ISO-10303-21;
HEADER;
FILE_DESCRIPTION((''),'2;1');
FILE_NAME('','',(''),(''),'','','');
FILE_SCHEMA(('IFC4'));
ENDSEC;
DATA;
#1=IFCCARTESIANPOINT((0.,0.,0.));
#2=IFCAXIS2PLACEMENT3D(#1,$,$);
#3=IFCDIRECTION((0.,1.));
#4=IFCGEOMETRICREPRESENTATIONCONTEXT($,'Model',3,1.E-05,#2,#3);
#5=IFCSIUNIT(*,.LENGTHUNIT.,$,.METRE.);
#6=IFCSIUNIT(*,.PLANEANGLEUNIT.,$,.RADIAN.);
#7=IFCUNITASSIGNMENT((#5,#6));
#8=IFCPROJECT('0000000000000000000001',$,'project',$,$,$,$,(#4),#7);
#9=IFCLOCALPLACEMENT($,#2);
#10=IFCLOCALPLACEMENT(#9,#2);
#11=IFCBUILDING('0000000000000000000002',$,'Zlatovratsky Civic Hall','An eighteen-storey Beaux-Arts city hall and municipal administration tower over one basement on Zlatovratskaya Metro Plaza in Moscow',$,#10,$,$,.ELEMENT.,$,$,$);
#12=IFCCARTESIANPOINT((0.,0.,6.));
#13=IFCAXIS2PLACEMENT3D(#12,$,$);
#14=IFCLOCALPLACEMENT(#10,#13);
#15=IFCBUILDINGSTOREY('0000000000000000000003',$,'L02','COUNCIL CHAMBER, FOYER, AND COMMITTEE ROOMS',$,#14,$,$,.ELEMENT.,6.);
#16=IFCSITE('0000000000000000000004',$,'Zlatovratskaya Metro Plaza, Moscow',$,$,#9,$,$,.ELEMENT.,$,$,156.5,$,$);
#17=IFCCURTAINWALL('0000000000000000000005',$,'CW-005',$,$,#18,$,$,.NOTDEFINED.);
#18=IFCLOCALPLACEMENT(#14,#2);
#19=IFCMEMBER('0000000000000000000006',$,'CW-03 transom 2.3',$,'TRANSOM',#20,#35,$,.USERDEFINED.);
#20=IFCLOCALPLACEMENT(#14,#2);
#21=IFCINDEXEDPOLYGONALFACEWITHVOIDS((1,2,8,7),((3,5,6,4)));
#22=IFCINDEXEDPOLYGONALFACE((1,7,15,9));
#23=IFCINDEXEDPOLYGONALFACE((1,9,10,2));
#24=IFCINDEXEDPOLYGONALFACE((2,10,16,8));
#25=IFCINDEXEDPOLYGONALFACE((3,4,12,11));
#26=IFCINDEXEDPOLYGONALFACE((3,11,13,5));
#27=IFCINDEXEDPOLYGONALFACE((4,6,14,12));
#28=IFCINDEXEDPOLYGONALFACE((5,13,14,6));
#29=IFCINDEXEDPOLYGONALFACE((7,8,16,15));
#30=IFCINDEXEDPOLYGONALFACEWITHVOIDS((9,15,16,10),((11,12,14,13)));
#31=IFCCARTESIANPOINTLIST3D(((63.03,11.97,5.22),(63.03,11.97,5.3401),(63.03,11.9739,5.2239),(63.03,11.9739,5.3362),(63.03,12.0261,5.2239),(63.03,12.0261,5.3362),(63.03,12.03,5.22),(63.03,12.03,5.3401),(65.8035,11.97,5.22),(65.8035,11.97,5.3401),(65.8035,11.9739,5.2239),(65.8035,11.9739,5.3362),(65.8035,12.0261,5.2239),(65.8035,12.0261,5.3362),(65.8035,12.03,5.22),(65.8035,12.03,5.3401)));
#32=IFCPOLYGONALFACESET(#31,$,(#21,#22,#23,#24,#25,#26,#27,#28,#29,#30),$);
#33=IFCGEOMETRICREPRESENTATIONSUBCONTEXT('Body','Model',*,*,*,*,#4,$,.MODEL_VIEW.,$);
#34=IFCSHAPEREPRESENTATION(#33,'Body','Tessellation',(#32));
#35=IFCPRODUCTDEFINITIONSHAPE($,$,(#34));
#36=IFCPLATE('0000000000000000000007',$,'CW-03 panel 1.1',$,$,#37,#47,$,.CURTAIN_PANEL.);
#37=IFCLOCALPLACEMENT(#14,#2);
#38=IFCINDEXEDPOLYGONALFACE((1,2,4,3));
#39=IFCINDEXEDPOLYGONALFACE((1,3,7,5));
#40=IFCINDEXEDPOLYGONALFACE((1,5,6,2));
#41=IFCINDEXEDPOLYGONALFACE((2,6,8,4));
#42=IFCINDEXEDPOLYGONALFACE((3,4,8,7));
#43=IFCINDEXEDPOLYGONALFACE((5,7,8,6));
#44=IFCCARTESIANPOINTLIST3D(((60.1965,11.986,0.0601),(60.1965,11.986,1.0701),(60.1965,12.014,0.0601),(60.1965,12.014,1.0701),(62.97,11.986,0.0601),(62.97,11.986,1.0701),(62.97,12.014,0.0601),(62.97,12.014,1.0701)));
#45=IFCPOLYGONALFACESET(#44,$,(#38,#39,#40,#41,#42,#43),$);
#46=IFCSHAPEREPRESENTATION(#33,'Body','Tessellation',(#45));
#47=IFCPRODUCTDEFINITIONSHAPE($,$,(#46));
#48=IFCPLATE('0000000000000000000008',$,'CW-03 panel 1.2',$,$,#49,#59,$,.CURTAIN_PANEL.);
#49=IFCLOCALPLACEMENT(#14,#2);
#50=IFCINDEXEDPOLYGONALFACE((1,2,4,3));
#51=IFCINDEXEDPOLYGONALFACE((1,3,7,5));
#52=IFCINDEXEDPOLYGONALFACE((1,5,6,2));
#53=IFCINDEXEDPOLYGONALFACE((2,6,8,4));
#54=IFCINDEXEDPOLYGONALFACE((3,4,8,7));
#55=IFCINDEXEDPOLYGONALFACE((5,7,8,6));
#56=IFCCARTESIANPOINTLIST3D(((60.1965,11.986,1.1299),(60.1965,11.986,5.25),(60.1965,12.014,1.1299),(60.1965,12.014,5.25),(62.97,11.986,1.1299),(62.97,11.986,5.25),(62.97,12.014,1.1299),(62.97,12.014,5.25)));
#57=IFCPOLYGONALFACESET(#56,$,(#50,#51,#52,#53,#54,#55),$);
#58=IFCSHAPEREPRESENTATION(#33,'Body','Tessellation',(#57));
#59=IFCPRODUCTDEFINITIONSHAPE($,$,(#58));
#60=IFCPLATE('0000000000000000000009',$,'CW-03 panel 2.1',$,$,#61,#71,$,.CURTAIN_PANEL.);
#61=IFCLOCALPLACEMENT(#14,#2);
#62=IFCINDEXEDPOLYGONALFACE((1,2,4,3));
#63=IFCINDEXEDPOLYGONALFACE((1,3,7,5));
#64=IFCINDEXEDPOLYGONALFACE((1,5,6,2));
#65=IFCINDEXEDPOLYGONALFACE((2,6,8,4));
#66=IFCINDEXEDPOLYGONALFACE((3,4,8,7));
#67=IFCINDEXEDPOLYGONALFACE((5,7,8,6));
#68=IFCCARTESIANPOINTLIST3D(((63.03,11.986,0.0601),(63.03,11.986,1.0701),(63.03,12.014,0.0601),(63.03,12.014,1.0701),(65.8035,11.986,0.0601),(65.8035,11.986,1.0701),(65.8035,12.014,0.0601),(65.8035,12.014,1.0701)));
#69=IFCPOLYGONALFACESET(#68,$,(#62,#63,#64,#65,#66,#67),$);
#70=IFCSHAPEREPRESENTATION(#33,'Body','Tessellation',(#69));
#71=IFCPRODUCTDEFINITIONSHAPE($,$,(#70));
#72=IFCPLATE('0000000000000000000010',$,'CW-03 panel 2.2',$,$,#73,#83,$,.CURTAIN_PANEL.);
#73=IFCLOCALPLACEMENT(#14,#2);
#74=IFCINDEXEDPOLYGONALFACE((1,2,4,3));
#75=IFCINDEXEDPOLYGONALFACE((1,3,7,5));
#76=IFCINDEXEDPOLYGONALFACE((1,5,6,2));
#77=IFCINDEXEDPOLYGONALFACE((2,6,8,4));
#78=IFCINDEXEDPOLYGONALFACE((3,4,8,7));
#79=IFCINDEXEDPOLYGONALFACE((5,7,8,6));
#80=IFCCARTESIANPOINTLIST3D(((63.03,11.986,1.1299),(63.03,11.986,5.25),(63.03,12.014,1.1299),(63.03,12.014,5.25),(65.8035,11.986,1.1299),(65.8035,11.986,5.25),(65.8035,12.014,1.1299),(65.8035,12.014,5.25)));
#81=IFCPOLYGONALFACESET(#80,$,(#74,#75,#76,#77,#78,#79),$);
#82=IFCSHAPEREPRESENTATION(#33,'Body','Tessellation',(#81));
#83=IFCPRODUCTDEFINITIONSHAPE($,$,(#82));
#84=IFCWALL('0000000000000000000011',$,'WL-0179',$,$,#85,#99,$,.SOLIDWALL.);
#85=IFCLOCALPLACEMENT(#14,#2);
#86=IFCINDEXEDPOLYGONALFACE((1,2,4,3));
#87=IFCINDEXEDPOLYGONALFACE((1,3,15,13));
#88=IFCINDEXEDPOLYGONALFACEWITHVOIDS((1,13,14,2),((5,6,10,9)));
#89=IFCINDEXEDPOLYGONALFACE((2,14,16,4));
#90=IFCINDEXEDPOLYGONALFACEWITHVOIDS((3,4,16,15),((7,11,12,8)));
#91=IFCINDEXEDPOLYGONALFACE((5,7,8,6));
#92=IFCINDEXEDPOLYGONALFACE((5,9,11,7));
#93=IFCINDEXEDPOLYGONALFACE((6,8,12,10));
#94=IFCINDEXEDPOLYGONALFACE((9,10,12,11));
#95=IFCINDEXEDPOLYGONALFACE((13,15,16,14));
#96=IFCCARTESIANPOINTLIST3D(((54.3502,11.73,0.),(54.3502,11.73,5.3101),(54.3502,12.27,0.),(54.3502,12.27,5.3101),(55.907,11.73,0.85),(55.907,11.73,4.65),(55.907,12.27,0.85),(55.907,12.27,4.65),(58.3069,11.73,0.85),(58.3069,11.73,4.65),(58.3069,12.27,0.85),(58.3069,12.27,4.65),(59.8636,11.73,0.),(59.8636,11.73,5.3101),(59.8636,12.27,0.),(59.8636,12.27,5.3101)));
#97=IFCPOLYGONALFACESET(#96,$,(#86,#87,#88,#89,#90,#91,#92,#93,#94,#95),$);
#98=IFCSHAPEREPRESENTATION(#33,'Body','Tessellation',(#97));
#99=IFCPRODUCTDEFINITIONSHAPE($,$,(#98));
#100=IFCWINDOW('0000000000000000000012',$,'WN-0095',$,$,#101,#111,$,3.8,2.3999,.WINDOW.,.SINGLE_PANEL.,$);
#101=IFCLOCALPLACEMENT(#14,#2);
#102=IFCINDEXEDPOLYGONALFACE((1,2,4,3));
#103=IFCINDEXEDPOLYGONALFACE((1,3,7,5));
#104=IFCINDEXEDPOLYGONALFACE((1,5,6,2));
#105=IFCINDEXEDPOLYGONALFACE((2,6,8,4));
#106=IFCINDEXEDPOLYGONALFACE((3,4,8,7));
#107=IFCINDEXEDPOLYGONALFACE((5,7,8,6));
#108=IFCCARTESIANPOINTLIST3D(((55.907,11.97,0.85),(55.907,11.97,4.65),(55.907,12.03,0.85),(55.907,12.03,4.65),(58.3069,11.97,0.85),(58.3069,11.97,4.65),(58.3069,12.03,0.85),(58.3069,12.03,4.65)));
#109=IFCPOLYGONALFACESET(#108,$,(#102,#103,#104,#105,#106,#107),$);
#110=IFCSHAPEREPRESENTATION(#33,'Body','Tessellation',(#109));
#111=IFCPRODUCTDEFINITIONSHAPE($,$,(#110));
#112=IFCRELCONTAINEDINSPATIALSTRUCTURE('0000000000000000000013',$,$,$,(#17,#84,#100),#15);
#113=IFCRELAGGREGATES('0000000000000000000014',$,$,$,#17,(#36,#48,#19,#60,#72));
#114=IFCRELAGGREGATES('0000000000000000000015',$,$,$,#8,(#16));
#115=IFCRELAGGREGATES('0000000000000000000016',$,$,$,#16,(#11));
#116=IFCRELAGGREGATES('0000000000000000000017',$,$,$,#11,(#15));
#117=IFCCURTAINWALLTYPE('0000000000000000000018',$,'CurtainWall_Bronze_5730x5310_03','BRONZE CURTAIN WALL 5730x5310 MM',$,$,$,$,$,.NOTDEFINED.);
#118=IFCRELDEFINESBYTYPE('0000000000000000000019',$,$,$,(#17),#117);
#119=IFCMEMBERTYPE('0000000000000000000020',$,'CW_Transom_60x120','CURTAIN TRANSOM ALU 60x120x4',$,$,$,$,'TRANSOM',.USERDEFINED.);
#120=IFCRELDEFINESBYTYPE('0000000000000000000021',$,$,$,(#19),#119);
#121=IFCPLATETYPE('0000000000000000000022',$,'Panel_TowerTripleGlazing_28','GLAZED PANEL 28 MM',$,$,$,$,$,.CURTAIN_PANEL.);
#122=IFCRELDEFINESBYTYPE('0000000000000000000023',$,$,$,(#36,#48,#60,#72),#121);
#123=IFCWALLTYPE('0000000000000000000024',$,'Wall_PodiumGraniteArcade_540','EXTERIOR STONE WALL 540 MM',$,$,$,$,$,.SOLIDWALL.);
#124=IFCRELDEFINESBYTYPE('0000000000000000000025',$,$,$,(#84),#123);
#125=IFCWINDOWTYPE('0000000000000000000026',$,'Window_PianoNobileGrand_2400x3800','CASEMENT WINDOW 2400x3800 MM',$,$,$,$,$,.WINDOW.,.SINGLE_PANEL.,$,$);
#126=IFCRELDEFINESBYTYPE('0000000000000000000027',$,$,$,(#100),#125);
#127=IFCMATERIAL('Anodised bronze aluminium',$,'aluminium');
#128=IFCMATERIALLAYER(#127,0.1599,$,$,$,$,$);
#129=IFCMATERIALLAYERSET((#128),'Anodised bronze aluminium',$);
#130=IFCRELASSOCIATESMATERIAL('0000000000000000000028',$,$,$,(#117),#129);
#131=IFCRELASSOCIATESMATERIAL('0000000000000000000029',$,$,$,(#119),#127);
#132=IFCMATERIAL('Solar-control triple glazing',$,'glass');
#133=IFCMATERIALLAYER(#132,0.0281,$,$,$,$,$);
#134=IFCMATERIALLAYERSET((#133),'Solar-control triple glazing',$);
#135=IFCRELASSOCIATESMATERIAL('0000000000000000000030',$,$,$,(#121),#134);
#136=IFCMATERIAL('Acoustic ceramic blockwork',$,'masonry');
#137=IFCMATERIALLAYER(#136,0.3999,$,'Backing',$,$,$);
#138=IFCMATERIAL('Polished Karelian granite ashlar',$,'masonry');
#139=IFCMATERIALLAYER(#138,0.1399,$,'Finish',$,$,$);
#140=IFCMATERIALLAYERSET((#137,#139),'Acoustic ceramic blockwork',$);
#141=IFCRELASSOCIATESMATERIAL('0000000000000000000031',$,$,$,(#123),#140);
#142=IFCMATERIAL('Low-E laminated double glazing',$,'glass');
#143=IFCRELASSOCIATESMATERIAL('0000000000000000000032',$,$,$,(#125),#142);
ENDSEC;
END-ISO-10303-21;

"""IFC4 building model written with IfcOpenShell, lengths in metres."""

from ifc_helpers import new_model, si_unit, direction, frame, frame_2d, origin, origin_2d, place, context, subcontext, project, spatial, rectangle, hollow_rectangle, extrude, material, layer, layer_set, material_profile, profile_set, type_object, element, fill, aggregate, save


model = new_model("IFC4")

# Units and contexts
model_context = context("Model", 3, precision=1e-05, world=origin(), true_north=direction((0.0, 1.0)))
body_context = subcontext(model_context, "Body", "Model", "MODEL_VIEW")
ifc_project = project(units=[si_unit("LENGTHUNIT", "METRE"), si_unit("PLANEANGLEUNIT", "RADIAN")], contexts=[model_context])

# Site, building, storey
site_placement = place(None, origin())
site = spatial("IfcSite", under=ifc_project, at=site_placement, Name="Zlatovratskaya Metro Plaza, Moscow", CompositionType="ELEMENT", RefElevation=156.5)
building_placement = place(site_placement, origin())
building = spatial("IfcBuilding", under=site, at=building_placement, Name="Zlatovratsky Civic Hall", Description="An eighteen-storey Beaux-Arts city hall and municipal administration tower over one basement on Zlatovratskaya Metro Plaza in Moscow", CompositionType="ELEMENT")
storey_placement = place(building_placement, frame((0.0, 0.0, 6.0)))
storey = spatial("IfcBuildingStorey", under=building, at=storey_placement, Name="L02", Description="COUNCIL CHAMBER, FOYER, AND COMMITTEE ROOMS", CompositionType="ELEMENT", Elevation=6.0)

# Curtain wall, member, plates
ifc_material_1 = material(Name="Anodised bronze aluminium", Category="aluminium")
ifc_layer_1 = layer(ifc_material_1, 0.1599)
ifc_layer_set_1 = layer_set([ifc_layer_1], Name="Anodised bronze aluminium")
curtain_wall_type = type_object("IfcCurtainWallType", Name="CurtainWall_Bronze_5730x5310_03", Description="BRONZE CURTAIN WALL 5730x5310 MM", PredefinedType="NOTDEFINED", material=ifc_layer_set_1)
curtain_wall_placement = place(storey_placement, origin())
curtain_wall = element("IfcCurtainWall", 1, at=curtain_wall_placement, inside=storey, type_object=curtain_wall_type, Name="CW-005", PredefinedType="NOTDEFINED")
ifc_material_profile_1 = material_profile(ifc_material_1, hollow_rectangle(XDim=0.0601, YDim=0.1201, WallThickness=0.0039, at=origin_2d()), Name="ALU 60x120x4")
ifc_profile_set_1 = profile_set([ifc_material_profile_1], Name="Anodised bronze aluminium")
member_type_1 = type_object("IfcMemberType", Name="CW_Transom_60x120", Description="CURTAIN TRANSOM ALU 60x120x4", ElementType="TRANSOM", PredefinedType="USERDEFINED", material=ifc_profile_set_1)
member_1_placement = place(storey_placement, frame((63.03, 12.0, 5.28), z_axis=(1.0, 0.0, 0.0), x_axis=(0.0, 1.0, 0.0)))
member_1 = element("IfcMember", 2, at=member_1_placement, type_object=member_type_1, Name="CW-03 transom 2.3", ObjectType="TRANSOM", PredefinedType="USERDEFINED", context=body_context, shape_type="SweptSolid", body=[
    extrude(hollow_rectangle(XDim=0.0601, YDim=0.1201, WallThickness=0.0039, at=origin_2d()), origin(), (0.0, 0.0, 1.0), 2.7734),
])
ifc_material_2 = material(Name="Solar-control triple glazing", Category="glass")
ifc_layer_2 = layer(ifc_material_2, 0.0281)
ifc_layer_set_2 = layer_set([ifc_layer_2], Name="Solar-control triple glazing")
plate_type = type_object("IfcPlateType", Name="Panel_TowerTripleGlazing_28", Description="GLAZED PANEL 28 MM", PredefinedType="CURTAIN_PANEL", material=ifc_layer_set_2)
plate_1_placement = place(storey_placement, frame((61.5833, 12.0, 0.0601), z_axis=(0.0, 0.0, 1.0), x_axis=(1.0, 0.0, 0.0)))
plate_1 = element("IfcPlate", 3, at=plate_1_placement, type_object=plate_type, Name="CW-03 panel 1.1", PredefinedType="CURTAIN_PANEL", context=body_context, shape_type="SweptSolid", body=[
    extrude(rectangle(XDim=2.7734, YDim=0.0281, at=origin_2d()), origin(), (0.0, 0.0, 1.0), 1.01),
])
plate_2_placement = place(storey_placement, frame((61.5833, 12.0, 1.1299), z_axis=(0.0, 0.0, 1.0), x_axis=(1.0, 0.0, 0.0)))
plate_2 = element("IfcPlate", 4, at=plate_2_placement, type_object=plate_type, Name="CW-03 panel 1.2", PredefinedType="CURTAIN_PANEL", context=body_context, shape_type="SweptSolid", body=[
    extrude(rectangle(XDim=2.7734, YDim=0.0281, at=origin_2d()), origin(), (0.0, 0.0, 1.0), 4.1201),
])
plate_3_placement = place(storey_placement, frame((64.4167, 12.0, 0.0601), z_axis=(0.0, 0.0, 1.0), x_axis=(1.0, 0.0, 0.0)))
plate_3 = element("IfcPlate", 5, at=plate_3_placement, type_object=plate_type, Name="CW-03 panel 2.1", PredefinedType="CURTAIN_PANEL", context=body_context, shape_type="SweptSolid", body=[
    extrude(rectangle(XDim=2.7734, YDim=0.0281, at=origin_2d()), origin(), (0.0, 0.0, 1.0), 1.01),
])
plate_4_placement = place(storey_placement, frame((64.4167, 12.0, 1.1299), z_axis=(0.0, 0.0, 1.0), x_axis=(1.0, 0.0, 0.0)))
plate_4 = element("IfcPlate", 6, at=plate_4_placement, type_object=plate_type, Name="CW-03 panel 2.2", PredefinedType="CURTAIN_PANEL", context=body_context, shape_type="SweptSolid", body=[
    extrude(rectangle(XDim=2.7734, YDim=0.0281, at=origin_2d()), origin(), (0.0, 0.0, 1.0), 4.1201),
])
aggregate(curtain_wall, [plate_1, plate_2, member_1, plate_3, plate_4])

# Wall, opening, window
ifc_material_3 = material(Name="Acoustic ceramic blockwork", Category="masonry")
ifc_layer_3 = layer(ifc_material_3, 0.3999, Name="Backing")
ifc_material_4 = material(Name="Polished Karelian granite ashlar", Category="masonry")
ifc_layer_4 = layer(ifc_material_4, 0.1399, Name="Finish")
ifc_layer_set_3 = layer_set([ifc_layer_3, ifc_layer_4], Name="Acoustic ceramic blockwork")
wall_type = type_object("IfcWallType", Name="Wall_PodiumGraniteArcade_540", Description="EXTERIOR STONE WALL 540 MM", PredefinedType="SOLIDWALL", material=ifc_layer_set_3)
wall_placement = place(storey_placement, frame((54.3501, 12.0, 0.0), z_axis=(0.0, 0.0, 1.0), x_axis=(1.0, 0.0, 0.0)))
wall = element("IfcWall", 7, at=wall_placement, inside=storey, type_object=wall_type, Name="WL-0179", PredefinedType="SOLIDWALL", context=body_context, shape_type="SweptSolid", body=[
    extrude(rectangle(XDim=5.5134, YDim=0.54, at=frame_2d((2.7568, 0.0))), origin(), (0.0, 0.0, 1.0), 5.3101),
])
opening_placement = place(wall_placement, frame((1.5569, 0.0, 0.8501)))
opening = element("IfcOpeningElement", 8, at=opening_placement, cuts=wall, PredefinedType="OPENING", context=body_context, shape_type="SweptSolid", body=[
    extrude(rectangle(XDim=2.3999, YDim=3.8, at=frame_2d((1.2, 1.8999))), frame((0.0, 0.2849, 0.0), z_axis=(0.0, -1.0, 0.0), x_axis=(1.0, 0.0, 0.0)), (0.0, 0.0, 1.0), 0.5698),
])
ifc_material_5 = material(Name="Low-E laminated double glazing", Category="glass")
window_type = type_object("IfcWindowType", Name="Window_PianoNobileGrand_2400x3800", Description="CASEMENT WINDOW 2400x3800 MM", PartitioningType="SINGLE_PANEL", PredefinedType="WINDOW", material=ifc_material_5)
window_placement = place(opening_placement, origin())
window = element("IfcWindow", 9, at=window_placement, inside=storey, type_object=window_type, Name="WN-0095", OverallHeight=3.8, OverallWidth=2.3999, PartitioningType="SINGLE_PANEL", PredefinedType="WINDOW", context=body_context, shape_type="SweptSolid", body=[
    extrude(rectangle(XDim=2.3999, YDim=3.8, at=frame_2d((1.2, 1.8999))), frame((0.0, 0.03, 0.0), z_axis=(0.0, -1.0, 0.0), x_axis=(1.0, 0.0, 0.0)), (0.0, 0.0, 1.0), 0.0601),
])
fill(opening, window)

save(model, "model.ifc")
